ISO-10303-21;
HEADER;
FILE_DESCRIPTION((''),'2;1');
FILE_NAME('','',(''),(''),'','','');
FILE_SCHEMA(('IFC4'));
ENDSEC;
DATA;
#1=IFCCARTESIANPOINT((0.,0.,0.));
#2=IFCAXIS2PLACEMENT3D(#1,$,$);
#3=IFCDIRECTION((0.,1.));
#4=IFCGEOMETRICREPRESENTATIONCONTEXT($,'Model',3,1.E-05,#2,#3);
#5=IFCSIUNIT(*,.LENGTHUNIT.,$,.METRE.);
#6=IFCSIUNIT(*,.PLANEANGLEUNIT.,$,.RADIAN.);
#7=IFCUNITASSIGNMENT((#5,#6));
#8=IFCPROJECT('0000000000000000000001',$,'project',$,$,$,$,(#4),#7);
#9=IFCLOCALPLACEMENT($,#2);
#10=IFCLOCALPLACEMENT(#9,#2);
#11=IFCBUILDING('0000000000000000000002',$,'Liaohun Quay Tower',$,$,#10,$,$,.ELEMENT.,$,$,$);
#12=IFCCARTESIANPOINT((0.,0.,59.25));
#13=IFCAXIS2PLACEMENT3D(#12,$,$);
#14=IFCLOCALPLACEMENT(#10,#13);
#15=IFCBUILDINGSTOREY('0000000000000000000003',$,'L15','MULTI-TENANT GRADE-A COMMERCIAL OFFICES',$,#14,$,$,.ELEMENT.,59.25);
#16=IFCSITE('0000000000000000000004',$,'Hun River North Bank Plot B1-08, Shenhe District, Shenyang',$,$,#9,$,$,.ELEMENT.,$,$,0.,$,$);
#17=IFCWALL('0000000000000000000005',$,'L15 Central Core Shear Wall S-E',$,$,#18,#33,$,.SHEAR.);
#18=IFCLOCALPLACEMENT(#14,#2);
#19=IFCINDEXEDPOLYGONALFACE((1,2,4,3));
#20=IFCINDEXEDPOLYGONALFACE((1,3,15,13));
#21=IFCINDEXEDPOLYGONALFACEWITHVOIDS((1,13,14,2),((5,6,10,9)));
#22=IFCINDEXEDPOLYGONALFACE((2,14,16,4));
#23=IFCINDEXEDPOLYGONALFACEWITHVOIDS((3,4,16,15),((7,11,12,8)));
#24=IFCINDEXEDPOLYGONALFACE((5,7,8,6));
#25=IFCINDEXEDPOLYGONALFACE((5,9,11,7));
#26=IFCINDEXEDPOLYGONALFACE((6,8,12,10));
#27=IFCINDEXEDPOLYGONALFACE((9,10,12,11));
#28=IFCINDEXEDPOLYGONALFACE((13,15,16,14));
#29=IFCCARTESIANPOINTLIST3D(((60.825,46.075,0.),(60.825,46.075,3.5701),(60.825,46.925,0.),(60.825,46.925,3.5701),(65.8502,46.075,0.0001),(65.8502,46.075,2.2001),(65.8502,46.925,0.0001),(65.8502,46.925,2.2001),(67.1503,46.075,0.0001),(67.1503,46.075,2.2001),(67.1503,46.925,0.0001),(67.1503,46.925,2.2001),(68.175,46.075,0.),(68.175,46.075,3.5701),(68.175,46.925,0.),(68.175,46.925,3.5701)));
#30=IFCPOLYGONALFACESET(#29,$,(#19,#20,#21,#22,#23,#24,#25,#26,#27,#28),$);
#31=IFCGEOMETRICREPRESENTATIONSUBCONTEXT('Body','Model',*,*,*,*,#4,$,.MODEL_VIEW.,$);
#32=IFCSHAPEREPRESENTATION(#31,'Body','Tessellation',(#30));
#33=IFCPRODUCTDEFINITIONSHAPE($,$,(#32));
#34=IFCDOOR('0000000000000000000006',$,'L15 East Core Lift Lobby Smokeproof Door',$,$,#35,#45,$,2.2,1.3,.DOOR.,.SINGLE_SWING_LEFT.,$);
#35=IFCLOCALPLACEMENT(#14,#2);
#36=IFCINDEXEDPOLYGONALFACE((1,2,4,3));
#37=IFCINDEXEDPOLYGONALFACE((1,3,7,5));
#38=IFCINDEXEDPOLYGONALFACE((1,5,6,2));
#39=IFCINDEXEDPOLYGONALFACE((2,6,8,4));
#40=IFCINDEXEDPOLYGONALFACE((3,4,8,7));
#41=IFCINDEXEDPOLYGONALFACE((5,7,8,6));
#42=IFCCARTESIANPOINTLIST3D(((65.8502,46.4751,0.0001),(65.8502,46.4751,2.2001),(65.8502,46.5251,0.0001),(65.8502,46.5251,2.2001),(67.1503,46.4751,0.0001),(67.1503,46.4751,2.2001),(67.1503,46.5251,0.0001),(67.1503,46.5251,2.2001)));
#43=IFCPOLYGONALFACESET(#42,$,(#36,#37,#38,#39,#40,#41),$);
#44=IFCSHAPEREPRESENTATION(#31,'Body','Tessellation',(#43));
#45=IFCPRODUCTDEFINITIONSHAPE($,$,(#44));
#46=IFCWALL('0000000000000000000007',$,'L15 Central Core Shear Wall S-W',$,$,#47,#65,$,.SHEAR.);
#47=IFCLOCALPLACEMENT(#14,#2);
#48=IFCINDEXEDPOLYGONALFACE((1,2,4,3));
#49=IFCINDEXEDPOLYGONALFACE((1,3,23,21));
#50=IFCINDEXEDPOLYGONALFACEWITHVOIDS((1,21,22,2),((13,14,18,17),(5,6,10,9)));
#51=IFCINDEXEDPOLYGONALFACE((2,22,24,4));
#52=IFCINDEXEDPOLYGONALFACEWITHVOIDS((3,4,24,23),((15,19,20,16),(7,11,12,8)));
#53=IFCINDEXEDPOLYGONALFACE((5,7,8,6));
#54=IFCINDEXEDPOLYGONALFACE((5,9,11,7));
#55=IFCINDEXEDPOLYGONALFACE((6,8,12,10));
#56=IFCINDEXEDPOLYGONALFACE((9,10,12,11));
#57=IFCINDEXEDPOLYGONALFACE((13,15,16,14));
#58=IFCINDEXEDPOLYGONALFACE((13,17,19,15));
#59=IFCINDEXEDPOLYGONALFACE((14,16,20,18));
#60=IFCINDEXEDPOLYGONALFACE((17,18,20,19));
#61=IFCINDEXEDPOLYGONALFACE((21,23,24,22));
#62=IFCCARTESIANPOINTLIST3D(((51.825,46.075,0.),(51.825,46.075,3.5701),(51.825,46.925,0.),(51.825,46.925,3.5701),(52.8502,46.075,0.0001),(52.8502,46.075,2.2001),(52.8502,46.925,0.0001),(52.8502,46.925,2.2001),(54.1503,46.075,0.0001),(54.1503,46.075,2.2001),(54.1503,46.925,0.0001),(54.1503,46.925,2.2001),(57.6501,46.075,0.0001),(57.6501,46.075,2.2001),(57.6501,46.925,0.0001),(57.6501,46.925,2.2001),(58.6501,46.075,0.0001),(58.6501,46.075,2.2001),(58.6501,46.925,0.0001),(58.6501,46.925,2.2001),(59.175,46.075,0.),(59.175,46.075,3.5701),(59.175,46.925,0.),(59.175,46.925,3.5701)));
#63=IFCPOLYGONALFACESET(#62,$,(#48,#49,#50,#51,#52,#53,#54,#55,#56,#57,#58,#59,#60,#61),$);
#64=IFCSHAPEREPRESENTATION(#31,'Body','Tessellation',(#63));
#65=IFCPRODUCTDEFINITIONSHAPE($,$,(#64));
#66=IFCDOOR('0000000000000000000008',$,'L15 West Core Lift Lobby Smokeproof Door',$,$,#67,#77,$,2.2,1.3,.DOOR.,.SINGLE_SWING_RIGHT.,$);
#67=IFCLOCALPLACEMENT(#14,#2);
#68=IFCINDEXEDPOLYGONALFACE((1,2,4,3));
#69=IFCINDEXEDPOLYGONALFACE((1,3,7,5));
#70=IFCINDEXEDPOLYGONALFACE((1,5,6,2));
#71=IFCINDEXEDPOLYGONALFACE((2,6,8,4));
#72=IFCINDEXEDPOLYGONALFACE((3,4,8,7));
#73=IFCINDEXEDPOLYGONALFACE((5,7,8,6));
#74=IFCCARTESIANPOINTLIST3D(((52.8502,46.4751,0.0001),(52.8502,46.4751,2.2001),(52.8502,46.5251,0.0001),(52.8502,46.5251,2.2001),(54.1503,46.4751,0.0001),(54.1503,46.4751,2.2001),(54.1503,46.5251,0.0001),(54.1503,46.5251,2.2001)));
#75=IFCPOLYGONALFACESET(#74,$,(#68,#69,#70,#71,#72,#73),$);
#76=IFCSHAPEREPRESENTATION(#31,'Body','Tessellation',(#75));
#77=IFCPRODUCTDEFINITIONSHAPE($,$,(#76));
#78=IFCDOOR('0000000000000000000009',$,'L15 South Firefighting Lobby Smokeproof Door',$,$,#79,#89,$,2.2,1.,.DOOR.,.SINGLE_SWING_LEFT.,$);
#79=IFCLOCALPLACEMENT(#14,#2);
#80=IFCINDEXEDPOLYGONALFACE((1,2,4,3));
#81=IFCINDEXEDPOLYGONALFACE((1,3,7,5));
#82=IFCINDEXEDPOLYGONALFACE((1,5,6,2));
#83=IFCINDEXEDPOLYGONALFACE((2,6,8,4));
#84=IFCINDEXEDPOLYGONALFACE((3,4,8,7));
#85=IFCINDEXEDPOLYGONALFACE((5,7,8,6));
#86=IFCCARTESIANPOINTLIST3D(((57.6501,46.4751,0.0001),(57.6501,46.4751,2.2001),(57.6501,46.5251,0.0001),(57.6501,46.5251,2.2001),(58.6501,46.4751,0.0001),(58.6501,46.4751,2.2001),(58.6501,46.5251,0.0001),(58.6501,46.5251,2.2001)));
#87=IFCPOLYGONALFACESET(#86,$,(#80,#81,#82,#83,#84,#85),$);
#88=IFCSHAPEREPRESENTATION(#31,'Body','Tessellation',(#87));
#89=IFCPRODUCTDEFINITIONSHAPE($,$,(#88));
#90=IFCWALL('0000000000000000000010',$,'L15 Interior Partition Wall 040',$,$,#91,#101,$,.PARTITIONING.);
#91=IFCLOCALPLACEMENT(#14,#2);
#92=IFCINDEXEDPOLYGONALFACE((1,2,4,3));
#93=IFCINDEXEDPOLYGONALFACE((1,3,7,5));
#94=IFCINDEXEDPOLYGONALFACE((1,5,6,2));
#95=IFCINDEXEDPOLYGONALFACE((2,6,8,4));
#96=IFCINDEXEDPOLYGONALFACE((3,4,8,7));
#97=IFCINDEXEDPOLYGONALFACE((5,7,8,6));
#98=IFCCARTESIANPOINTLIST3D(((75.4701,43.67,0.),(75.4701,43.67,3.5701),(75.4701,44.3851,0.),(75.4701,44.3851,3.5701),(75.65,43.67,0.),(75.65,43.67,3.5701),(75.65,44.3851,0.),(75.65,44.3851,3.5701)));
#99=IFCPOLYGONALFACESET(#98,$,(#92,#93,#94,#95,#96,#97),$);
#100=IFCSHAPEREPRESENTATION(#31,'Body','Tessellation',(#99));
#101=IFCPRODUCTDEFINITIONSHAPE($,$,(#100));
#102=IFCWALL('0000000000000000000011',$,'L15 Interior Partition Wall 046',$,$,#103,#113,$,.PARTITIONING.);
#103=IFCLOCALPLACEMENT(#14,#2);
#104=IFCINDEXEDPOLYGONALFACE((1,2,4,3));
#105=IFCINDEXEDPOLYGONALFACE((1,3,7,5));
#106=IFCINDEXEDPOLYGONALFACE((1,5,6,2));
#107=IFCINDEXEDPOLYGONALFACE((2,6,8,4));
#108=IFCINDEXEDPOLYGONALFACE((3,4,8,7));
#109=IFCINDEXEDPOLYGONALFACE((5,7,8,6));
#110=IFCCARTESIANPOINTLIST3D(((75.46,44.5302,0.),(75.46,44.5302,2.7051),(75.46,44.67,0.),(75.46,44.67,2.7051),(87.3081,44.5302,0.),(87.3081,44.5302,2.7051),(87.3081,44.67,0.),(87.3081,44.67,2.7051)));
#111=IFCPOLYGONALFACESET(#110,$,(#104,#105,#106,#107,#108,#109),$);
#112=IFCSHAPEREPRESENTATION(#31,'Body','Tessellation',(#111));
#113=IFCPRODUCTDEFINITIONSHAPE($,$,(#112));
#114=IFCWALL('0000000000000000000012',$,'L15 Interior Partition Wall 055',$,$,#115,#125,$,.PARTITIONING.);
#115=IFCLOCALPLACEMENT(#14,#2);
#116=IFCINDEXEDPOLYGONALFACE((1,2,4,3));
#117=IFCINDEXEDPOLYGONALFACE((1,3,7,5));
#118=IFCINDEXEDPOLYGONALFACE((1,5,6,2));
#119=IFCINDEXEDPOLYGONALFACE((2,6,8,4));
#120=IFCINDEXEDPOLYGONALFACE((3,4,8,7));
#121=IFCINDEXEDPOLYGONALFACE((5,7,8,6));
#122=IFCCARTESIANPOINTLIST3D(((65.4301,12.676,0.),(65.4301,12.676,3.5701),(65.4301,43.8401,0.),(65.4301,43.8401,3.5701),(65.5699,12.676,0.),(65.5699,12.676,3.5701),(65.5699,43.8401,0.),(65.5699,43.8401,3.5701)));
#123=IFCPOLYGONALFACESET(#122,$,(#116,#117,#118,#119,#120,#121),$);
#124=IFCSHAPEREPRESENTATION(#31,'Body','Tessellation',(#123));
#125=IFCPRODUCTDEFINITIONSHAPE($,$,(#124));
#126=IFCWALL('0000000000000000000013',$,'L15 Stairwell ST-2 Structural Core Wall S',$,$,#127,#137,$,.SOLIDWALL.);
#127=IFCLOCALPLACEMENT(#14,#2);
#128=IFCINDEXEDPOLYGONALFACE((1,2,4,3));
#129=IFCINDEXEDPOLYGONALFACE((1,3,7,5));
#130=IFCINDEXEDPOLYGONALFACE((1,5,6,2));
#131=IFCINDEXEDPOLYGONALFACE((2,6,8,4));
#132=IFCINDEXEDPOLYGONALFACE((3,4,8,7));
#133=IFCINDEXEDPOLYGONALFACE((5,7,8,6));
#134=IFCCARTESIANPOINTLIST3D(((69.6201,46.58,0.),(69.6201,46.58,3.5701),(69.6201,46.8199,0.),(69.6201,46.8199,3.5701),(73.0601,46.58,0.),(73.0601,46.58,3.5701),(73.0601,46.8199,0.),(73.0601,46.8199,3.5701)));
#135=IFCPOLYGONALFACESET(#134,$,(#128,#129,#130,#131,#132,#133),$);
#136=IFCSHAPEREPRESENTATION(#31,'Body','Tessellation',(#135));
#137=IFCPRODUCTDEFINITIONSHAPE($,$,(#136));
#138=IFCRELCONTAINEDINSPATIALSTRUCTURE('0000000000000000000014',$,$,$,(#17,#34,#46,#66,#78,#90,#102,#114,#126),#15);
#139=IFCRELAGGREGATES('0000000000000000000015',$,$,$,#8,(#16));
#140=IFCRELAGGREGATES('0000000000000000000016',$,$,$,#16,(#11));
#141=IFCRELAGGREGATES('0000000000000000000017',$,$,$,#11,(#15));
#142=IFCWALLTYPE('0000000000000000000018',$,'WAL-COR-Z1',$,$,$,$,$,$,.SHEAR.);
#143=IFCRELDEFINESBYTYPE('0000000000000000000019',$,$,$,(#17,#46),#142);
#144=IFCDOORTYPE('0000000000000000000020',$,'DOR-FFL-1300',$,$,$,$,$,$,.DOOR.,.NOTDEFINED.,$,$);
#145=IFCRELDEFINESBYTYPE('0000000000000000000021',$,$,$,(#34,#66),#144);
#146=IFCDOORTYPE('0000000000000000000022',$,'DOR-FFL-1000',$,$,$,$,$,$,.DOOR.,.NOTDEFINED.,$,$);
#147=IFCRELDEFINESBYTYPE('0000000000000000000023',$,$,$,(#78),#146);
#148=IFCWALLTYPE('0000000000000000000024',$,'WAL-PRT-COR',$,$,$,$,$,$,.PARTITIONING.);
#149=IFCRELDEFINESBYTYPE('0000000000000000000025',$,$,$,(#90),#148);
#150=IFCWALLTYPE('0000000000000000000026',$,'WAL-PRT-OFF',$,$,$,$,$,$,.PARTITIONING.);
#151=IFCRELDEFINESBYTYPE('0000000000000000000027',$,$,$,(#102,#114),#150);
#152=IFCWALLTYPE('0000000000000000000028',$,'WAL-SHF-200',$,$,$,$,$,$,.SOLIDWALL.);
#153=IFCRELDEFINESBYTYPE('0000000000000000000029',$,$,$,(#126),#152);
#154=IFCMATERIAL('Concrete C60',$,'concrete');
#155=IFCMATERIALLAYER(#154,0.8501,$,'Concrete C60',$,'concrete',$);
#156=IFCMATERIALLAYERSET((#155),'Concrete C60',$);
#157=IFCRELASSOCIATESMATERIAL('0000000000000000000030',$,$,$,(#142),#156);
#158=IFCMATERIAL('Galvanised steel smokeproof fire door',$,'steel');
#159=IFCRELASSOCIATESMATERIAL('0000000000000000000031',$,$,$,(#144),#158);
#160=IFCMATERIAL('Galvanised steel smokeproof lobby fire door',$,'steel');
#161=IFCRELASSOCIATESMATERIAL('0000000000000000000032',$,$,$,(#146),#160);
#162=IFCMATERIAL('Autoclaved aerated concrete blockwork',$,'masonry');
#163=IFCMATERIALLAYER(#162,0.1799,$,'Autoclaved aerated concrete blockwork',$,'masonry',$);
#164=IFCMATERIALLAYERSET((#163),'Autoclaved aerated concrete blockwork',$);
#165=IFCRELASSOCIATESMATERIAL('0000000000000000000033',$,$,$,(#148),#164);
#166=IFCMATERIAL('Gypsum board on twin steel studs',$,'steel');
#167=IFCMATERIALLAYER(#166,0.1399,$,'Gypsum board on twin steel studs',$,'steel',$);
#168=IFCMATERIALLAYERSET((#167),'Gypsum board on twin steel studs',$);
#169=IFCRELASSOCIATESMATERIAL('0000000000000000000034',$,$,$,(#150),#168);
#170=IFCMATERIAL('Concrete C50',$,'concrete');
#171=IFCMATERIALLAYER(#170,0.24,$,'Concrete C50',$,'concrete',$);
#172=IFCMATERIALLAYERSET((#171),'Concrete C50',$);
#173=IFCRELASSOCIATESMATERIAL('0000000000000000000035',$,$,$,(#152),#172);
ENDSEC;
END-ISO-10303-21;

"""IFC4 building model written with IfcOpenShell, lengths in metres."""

from ifc_helpers import new_model, si_unit, direction, frame, frame_2d, origin, place, context, subcontext, project, spatial, rectangle, extrude, source, transform, mapped, material, layer, layer_set, type_object, element, fill, save


model = new_model("IFC4")

# Units and contexts
model_context = context("Model", 3, precision=1e-05, world=origin(), true_north=direction((0.0, 1.0)))
body_context = subcontext(model_context, "Body", "Model", "MODEL_VIEW")
ifc_project = project(units=[si_unit("LENGTHUNIT", "METRE"), si_unit("PLANEANGLEUNIT", "RADIAN")], contexts=[model_context])

# Site, building, storey
site_placement = place(None, origin())
site = spatial("IfcSite", under=ifc_project, at=site_placement, Name="Hun River North Bank Plot B1-08, Shenhe District, Shenyang", CompositionType="ELEMENT", RefElevation=0.0)
building_placement = place(site_placement, origin())
building = spatial("IfcBuilding", under=site, at=building_placement, Name="Liaohun Quay Tower", CompositionType="ELEMENT")
storey_placement = place(building_placement, frame((0.0, 0.0, 59.25)))
storey = spatial("IfcBuildingStorey", under=building, at=storey_placement, Name="L15", Description="MULTI-TENANT GRADE-A COMMERCIAL OFFICES", CompositionType="ELEMENT", Elevation=59.25)

# Shared definitions
ifc_material_1 = material(Name="Concrete C60", Category="concrete")

# Wall, opening, door
ifc_layer_1 = layer(ifc_material_1, 0.8501, Name="Concrete C60", Category="concrete")
ifc_layer_set_1 = layer_set([ifc_layer_1], Name="Concrete C60")
wall_type_1 = type_object("IfcWallType", Name="WAL-COR-Z1", PredefinedType="SHEAR", material=ifc_layer_set_1)
wall_1_placement = place(storey_placement, frame((68.175, 46.5, 0.0), z_axis=(0.0, 0.0, 1.0), x_axis=(-1.0, 0.0, 0.0)))
wall_1 = element("IfcWall", 1, at=wall_1_placement, inside=storey, type_object=wall_type_1, Name="L15 Central Core Shear Wall S-E", PredefinedType="SHEAR", context=body_context, shape_type="SweptSolid", body=[
    extrude(rectangle(XDim=7.3501, YDim=0.8501, at=frame_2d((3.675, 0.0))), origin(), (0.0, 0.0, 1.0), 3.5701),
])
shared_shape_1 = source(origin(), body_context, "Body", "SweptSolid", [
    extrude(rectangle(XDim=1.3, YDim=2.2, at=frame_2d((0.6499, 1.1001))), frame((0.0, 0.4351, 0.0), z_axis=(0.0, -1.0, 0.0), x_axis=(1.0, 0.0, 0.0)), (0.0, 0.0, 1.0), 0.8701),
])
opening_1_placement = place(wall_1_placement, frame((1.0249, 0.0, 0.0)))
opening_1 = element("IfcOpeningElement", 2, at=opening_1_placement, cuts=wall_1, PredefinedType="OPENING", context=body_context, shape_type="MappedRepresentation", body=[
    mapped(shared_shape_1, transform((0.0, 0.0, 0.0), x_axis=(1.0, 0.0, 0.0), y_axis=(0.0, 1.0, 0.0), z_axis=(0.0, 0.0, 1.0), scale=1.0)),
])
ifc_material_2 = material(Name="Galvanised steel smokeproof fire door", Category="steel")
door_type_1 = type_object("IfcDoorType", Name="DOR-FFL-1300", OperationType="NOTDEFINED", PredefinedType="DOOR", material=ifc_material_2)
shared_shape_2 = source(origin(), body_context, "Body", "SweptSolid", [
    extrude(rectangle(XDim=1.3, YDim=2.2, at=frame_2d((0.6499, 1.1001))), frame((0.0, 0.0249, 0.0), z_axis=(0.0, -1.0, 0.0), x_axis=(1.0, 0.0, 0.0)), (0.0, 0.0, 1.0), 0.05),
])
door_1_placement = place(opening_1_placement, origin())
door_1 = element("IfcDoor", 3, at=door_1_placement, inside=storey, type_object=door_type_1, Name="L15 East Core Lift Lobby Smokeproof Door", OperationType="SINGLE_SWING_LEFT", OverallHeight=2.2, OverallWidth=1.3, PredefinedType="DOOR", context=body_context, shape_type="MappedRepresentation", body=[
    mapped(shared_shape_2, transform((0.0, 0.0, 0.0), x_axis=(1.0, 0.0, 0.0), y_axis=(0.0, 1.0, 0.0), z_axis=(0.0, 0.0, 1.0), scale=1.0)),
])
fill(opening_1, door_1)

# Wall, openings, doors
wall_2_placement = place(storey_placement, frame((59.175, 46.5, 0.0), z_axis=(0.0, 0.0, 1.0), x_axis=(-1.0, 0.0, 0.0)))
wall_2 = element("IfcWall", 4, at=wall_2_placement, inside=storey, type_object=wall_type_1, Name="L15 Central Core Shear Wall S-W", PredefinedType="SHEAR", context=body_context, shape_type="SweptSolid", body=[
    extrude(rectangle(XDim=7.3501, YDim=0.8501, at=frame_2d((3.675, 0.0))), origin(), (0.0, 0.0, 1.0), 3.5701),
])
opening_2_placement = place(wall_2_placement, frame((5.0249, 0.0, 0.0)))
opening_2 = element("IfcOpeningElement", 5, at=opening_2_placement, cuts=wall_2, PredefinedType="OPENING", context=body_context, shape_type="MappedRepresentation", body=[
    mapped(shared_shape_1, transform((0.0, 0.0, 0.0), x_axis=(1.0, 0.0, 0.0), y_axis=(0.0, 1.0, 0.0), z_axis=(0.0, 0.0, 1.0), scale=1.0)),
])
shared_shape_3 = source(origin(), body_context, "Body", "SweptSolid", [
    extrude(rectangle(XDim=1.0, YDim=2.2, at=frame_2d((0.5, 1.1001))), frame((0.0, 0.4351, 0.0), z_axis=(0.0, -1.0, 0.0), x_axis=(1.0, 0.0, 0.0)), (0.0, 0.0, 1.0), 0.8701),
])
opening_3_placement = place(wall_2_placement, frame((0.5249, 0.0, 0.0)))
opening_3 = element("IfcOpeningElement", 6, at=opening_3_placement, cuts=wall_2, PredefinedType="OPENING", context=body_context, shape_type="MappedRepresentation", body=[
    mapped(shared_shape_3, transform((0.0, 0.0, 0.0), x_axis=(1.0, 0.0, 0.0), y_axis=(0.0, 1.0, 0.0), z_axis=(0.0, 0.0, 1.0), scale=1.0)),
])
door_2_placement = place(opening_2_placement, origin())
door_2 = element("IfcDoor", 7, at=door_2_placement, inside=storey, type_object=door_type_1, Name="L15 West Core Lift Lobby Smokeproof Door", OperationType="SINGLE_SWING_RIGHT", OverallHeight=2.2, OverallWidth=1.3, PredefinedType="DOOR", context=body_context, shape_type="MappedRepresentation", body=[
    mapped(shared_shape_2, transform((0.0, 0.0, 0.0), x_axis=(1.0, 0.0, 0.0), y_axis=(0.0, 1.0, 0.0), z_axis=(0.0, 0.0, 1.0), scale=1.0)),
])
fill(opening_2, door_2)
ifc_material_3 = material(Name="Galvanised steel smokeproof lobby fire door", Category="steel")
door_type_2 = type_object("IfcDoorType", Name="DOR-FFL-1000", OperationType="NOTDEFINED", PredefinedType="DOOR", material=ifc_material_3)
shared_shape_4 = source(origin(), body_context, "Body", "SweptSolid", [
    extrude(rectangle(XDim=1.0, YDim=2.2, at=frame_2d((0.5, 1.1001))), frame((0.0, 0.0249, 0.0), z_axis=(0.0, -1.0, 0.0), x_axis=(1.0, 0.0, 0.0)), (0.0, 0.0, 1.0), 0.05),
])
door_3_placement = place(opening_3_placement, origin())
door_3 = element("IfcDoor", 8, at=door_3_placement, inside=storey, type_object=door_type_2, Name="L15 South Firefighting Lobby Smokeproof Door", OperationType="SINGLE_SWING_LEFT", OverallHeight=2.2, OverallWidth=1.0, PredefinedType="DOOR", context=body_context, shape_type="MappedRepresentation", body=[
    mapped(shared_shape_4, transform((0.0, 0.0, 0.0), x_axis=(1.0, 0.0, 0.0), y_axis=(0.0, 1.0, 0.0), z_axis=(0.0, 0.0, 1.0), scale=1.0)),
])
fill(opening_3, door_3)

# Walls
ifc_material_4 = material(Name="Autoclaved aerated concrete blockwork", Category="masonry")
ifc_layer_2 = layer(ifc_material_4, 0.1799, Name="Autoclaved aerated concrete blockwork", Category="masonry")
ifc_layer_set_2 = layer_set([ifc_layer_2], Name="Autoclaved aerated concrete blockwork")
wall_type_2 = type_object("IfcWallType", Name="WAL-PRT-COR", PredefinedType="PARTITIONING", material=ifc_layer_set_2)
wall_3_placement = place(storey_placement, frame((75.5601, 44.385, 0.0), z_axis=(0.0, 0.0, 1.0), x_axis=(0.0, -1.0, 0.0)))
element("IfcWall", 9, at=wall_3_placement, inside=storey, type_object=wall_type_2, Name="L15 Interior Partition Wall 040", PredefinedType="PARTITIONING", context=body_context, shape_type="SweptSolid", body=[
    extrude(rectangle(XDim=0.7151, YDim=0.1799, at=frame_2d((0.3574, 0.0))), origin(), (0.0, 0.0, 1.0), 3.5701),
])
ifc_material_5 = material(Name="Gypsum board on twin steel studs", Category="steel")
ifc_layer_3 = layer(ifc_material_5, 0.1399, Name="Gypsum board on twin steel studs", Category="steel")
ifc_layer_set_3 = layer_set([ifc_layer_3], Name="Gypsum board on twin steel studs")
wall_type_3 = type_object("IfcWallType", Name="WAL-PRT-OFF", PredefinedType="PARTITIONING", material=ifc_layer_set_3)
wall_4_placement = place(storey_placement, frame((75.46, 44.6001, 0.0), z_axis=(0.0, 0.0, 1.0), x_axis=(1.0, 0.0, 0.0)))
element("IfcWall", 10, at=wall_4_placement, inside=storey, type_object=wall_type_3, Name="L15 Interior Partition Wall 046", PredefinedType="PARTITIONING", context=body_context, shape_type="SweptSolid", body=[
    extrude(rectangle(XDim=11.8481, YDim=0.1399, at=frame_2d((5.9241, 0.0))), origin(), (0.0, 0.0, 1.0), 2.7051),
])
wall_5_placement = place(storey_placement, frame((65.5, 43.8401, 0.0), z_axis=(0.0, 0.0, 1.0), x_axis=(0.0, -1.0, 0.0)))
element("IfcWall", 11, at=wall_5_placement, inside=storey, type_object=wall_type_3, Name="L15 Interior Partition Wall 055", PredefinedType="PARTITIONING", context=body_context, shape_type="SweptSolid", body=[
    extrude(rectangle(XDim=31.1641, YDim=0.1399, at=frame_2d((15.582, 0.0))), origin(), (0.0, 0.0, 1.0), 3.5701),
])
ifc_material_6 = material(Name="Concrete C50", Category="concrete")
ifc_layer_4 = layer(ifc_material_6, 0.24, Name="Concrete C50", Category="concrete")
ifc_layer_set_4 = layer_set([ifc_layer_4], Name="Concrete C50")
wall_type_4 = type_object("IfcWallType", Name="WAL-SHF-200", PredefinedType="SOLIDWALL", material=ifc_layer_set_4)
wall_6_placement = place(storey_placement, frame((69.6201, 46.7, 0.0), z_axis=(0.0, 0.0, 1.0), x_axis=(1.0, 0.0, 0.0)))
element("IfcWall", 12, at=wall_6_placement, inside=storey, type_object=wall_type_4, Name="L15 Stairwell ST-2 Structural Core Wall S", PredefinedType="SOLIDWALL", context=body_context, shape_type="SweptSolid", body=[
    extrude(rectangle(XDim=3.4399, YDim=0.24, at=frame_2d((1.72, 0.0))), origin(), (0.0, 0.0, 1.0), 3.5701),
])

save(model, "model.ifc")
